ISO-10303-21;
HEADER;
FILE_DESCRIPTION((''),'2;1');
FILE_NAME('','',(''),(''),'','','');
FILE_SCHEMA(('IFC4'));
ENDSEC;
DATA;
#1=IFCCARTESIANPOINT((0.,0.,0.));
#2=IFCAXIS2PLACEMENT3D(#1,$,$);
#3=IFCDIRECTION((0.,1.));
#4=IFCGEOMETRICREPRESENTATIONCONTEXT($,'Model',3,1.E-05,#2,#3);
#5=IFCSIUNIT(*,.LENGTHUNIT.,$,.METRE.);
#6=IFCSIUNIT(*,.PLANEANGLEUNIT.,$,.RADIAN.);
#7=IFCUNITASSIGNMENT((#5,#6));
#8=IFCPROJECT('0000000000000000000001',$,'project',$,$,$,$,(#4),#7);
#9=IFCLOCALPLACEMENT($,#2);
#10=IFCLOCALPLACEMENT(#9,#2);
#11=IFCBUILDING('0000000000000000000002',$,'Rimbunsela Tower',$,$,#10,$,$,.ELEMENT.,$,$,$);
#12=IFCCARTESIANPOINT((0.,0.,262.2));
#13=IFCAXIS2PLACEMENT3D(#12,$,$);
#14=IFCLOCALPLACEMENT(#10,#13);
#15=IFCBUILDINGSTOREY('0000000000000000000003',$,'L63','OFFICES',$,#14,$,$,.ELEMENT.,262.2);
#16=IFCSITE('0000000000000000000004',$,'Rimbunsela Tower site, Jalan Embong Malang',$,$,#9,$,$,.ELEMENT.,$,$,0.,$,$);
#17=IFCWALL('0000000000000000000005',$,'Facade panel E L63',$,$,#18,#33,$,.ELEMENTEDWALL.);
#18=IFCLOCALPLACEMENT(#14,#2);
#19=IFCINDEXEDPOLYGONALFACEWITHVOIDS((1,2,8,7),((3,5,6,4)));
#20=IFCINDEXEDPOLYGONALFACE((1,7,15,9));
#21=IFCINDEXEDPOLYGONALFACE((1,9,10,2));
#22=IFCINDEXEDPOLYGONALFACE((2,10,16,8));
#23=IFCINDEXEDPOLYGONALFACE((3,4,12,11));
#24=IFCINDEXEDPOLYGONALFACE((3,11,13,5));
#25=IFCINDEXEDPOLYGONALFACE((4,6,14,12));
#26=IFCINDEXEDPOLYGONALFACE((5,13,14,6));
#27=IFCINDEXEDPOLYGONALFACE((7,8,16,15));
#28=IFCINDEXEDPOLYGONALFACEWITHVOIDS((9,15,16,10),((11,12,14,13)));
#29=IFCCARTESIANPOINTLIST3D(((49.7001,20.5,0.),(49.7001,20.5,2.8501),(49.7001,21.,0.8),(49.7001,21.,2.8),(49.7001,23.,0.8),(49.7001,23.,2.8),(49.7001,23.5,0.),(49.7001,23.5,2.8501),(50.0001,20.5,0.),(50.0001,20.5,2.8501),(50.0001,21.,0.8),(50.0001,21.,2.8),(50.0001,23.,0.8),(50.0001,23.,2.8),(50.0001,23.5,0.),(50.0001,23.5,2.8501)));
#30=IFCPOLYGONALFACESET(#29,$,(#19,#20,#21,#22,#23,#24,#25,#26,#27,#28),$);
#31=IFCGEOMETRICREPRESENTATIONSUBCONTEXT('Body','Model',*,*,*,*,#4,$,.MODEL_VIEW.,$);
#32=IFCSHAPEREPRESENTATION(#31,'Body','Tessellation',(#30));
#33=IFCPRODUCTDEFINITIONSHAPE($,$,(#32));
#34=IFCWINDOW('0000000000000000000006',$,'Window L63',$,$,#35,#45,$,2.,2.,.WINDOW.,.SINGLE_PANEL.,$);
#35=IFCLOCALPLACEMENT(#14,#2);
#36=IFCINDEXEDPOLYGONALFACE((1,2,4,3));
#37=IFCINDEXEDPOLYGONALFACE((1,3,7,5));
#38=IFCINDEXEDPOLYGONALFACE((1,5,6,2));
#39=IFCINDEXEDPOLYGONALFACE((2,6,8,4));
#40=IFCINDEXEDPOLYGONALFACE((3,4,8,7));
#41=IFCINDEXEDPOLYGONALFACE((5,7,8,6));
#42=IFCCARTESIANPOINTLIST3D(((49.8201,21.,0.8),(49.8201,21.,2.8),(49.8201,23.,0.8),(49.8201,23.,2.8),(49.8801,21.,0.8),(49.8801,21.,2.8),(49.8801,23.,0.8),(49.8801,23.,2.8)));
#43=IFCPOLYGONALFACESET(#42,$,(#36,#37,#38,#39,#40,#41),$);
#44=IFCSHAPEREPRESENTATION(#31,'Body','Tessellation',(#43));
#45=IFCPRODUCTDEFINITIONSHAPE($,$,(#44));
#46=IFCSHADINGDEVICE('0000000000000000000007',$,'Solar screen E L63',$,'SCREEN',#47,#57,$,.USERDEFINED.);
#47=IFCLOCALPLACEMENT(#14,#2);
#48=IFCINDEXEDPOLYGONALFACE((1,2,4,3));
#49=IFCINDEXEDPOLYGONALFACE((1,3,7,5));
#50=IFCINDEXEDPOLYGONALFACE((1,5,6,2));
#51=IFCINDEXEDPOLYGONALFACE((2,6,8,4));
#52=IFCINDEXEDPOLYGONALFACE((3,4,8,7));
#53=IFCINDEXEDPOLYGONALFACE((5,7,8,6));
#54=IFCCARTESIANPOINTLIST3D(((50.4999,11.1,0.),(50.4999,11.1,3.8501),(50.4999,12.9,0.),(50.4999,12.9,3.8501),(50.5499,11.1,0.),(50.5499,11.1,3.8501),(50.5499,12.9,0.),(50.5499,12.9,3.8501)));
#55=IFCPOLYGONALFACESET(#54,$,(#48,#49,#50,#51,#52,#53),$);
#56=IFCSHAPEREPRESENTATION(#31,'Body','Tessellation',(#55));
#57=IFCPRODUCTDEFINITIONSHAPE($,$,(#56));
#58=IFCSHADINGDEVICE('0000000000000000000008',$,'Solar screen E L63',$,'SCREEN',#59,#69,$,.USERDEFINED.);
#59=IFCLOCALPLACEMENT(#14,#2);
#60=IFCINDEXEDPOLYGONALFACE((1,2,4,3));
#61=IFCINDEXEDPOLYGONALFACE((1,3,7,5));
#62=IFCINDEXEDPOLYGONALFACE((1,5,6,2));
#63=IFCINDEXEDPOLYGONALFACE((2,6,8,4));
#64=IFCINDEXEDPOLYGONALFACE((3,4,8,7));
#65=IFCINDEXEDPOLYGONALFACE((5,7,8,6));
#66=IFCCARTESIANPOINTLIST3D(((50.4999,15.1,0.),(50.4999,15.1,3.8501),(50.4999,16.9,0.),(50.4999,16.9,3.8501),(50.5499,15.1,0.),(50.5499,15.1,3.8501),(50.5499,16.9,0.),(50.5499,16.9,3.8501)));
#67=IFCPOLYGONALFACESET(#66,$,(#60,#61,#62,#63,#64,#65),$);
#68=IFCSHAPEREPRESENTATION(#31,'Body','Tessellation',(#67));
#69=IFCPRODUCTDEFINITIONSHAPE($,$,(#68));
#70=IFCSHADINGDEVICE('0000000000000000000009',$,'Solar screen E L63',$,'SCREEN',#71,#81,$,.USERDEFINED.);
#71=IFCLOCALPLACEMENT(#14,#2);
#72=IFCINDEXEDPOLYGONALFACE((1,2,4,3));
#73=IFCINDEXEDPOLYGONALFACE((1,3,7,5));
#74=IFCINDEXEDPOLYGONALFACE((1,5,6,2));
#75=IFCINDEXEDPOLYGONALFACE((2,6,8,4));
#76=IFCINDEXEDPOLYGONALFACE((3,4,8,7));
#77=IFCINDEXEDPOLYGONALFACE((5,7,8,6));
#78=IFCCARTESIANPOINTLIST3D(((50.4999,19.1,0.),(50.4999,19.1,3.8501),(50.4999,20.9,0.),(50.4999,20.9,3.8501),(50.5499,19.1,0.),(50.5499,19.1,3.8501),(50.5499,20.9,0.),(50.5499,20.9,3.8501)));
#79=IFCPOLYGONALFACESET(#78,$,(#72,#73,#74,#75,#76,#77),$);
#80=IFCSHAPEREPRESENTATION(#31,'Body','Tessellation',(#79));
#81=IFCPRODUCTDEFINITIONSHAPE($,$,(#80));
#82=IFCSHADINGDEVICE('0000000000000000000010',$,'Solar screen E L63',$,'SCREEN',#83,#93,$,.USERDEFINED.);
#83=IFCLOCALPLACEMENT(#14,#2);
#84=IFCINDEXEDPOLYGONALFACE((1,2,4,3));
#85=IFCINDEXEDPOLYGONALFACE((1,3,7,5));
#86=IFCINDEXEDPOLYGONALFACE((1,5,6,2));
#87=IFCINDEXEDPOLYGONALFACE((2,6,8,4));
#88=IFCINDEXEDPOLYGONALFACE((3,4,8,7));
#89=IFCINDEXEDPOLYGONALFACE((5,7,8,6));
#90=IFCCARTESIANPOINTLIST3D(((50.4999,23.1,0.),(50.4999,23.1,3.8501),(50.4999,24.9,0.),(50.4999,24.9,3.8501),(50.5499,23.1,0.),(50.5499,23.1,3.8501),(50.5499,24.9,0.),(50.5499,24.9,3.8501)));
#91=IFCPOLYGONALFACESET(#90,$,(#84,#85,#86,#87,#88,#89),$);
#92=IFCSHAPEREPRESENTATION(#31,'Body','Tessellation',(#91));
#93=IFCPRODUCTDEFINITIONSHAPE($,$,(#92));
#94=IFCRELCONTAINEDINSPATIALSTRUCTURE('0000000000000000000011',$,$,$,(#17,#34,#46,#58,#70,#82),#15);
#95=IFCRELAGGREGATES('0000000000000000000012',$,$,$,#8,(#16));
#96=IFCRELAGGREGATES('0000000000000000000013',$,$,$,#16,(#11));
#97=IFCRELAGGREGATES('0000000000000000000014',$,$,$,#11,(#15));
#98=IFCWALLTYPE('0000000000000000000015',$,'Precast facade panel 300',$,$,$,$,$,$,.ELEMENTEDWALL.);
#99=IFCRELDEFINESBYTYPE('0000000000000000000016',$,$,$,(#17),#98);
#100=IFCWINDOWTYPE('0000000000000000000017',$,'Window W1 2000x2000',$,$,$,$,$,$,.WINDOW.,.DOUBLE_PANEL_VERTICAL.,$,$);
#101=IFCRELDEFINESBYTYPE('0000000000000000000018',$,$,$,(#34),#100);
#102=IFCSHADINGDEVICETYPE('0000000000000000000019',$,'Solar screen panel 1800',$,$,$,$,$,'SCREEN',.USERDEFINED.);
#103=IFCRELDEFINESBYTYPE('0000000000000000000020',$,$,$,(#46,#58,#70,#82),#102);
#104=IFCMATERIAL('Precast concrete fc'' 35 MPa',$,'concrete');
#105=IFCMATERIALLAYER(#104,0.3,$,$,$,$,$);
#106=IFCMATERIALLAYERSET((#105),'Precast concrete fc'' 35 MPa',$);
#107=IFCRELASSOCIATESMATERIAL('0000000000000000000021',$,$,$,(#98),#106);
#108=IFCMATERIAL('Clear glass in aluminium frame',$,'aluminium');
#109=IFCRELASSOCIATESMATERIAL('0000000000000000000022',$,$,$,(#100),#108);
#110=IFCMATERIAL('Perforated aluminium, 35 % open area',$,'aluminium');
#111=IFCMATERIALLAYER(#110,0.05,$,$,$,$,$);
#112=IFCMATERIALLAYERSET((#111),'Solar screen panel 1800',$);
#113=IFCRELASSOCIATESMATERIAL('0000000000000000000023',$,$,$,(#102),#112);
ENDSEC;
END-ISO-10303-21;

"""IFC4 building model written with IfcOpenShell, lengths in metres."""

from ifc_helpers import new_model, si_unit, direction, frame, frame_2d, origin, origin_2d, place, context, subcontext, project, spatial, rectangle, extrude, material, layer, layer_set, type_object, element, fill, save


model = new_model("IFC4")

# Units and contexts
model_context = context("Model", 3, precision=1e-05, world=origin(), true_north=direction((0.0, 1.0)))
body_context = subcontext(model_context, "Body", "Model", "MODEL_VIEW")
ifc_project = project(units=[si_unit("LENGTHUNIT", "METRE"), si_unit("PLANEANGLEUNIT", "RADIAN")], contexts=[model_context])

# Site, building, storey
site_placement = place(None, origin())
site = spatial("IfcSite", under=ifc_project, at=site_placement, Name="Rimbunsela Tower site, Jalan Embong Malang", CompositionType="ELEMENT", RefElevation=0.0)
building_placement = place(site_placement, origin())
building = spatial("IfcBuilding", under=site, at=building_placement, Name="Rimbunsela Tower", CompositionType="ELEMENT")
storey_placement = place(building_placement, frame((0.0, 0.0, 262.2)))
storey = spatial("IfcBuildingStorey", under=building, at=storey_placement, Name="L63", Description="OFFICES", CompositionType="ELEMENT", Elevation=262.2)

# Wall, opening, window
ifc_material_1 = material(Name="Precast concrete fc' 35 MPa", Category="concrete")
ifc_layer_1 = layer(ifc_material_1, 0.3)
ifc_layer_set_1 = layer_set([ifc_layer_1], Name="Precast concrete fc' 35 MPa")
wall_type_1 = type_object("IfcWallType", Name="Precast facade panel 300", PredefinedType="ELEMENTEDWALL", material=ifc_layer_set_1)
ifc_material_2 = material(Name="Clear glass in aluminium frame", Category="aluminium")
window_type = type_object("IfcWindowType", Name="Window W1 2000x2000", PartitioningType="DOUBLE_PANEL_VERTICAL", PredefinedType="WINDOW", material=ifc_material_2)
wall_1_placement = place(storey_placement, frame((49.8501, 20.5, 0.0), z_axis=(0.0, 0.0, 1.0), x_axis=(0.0, 1.0, 0.0)))
wall_1 = element("IfcWall", 1, at=wall_1_placement, inside=storey, type_object=wall_type_1, Name="Facade panel E L63", PredefinedType="ELEMENTEDWALL", context=body_context, shape_type="SweptSolid", body=[
    extrude(rectangle(XDim=3.0, YDim=0.3, at=frame_2d((1.5, 0.0))), origin(), (0.0, 0.0, 1.0), 2.8501),
])
opening_1_placement = place(wall_1_placement, frame((0.5, 0.0, 0.8)))
opening_1 = element("IfcOpeningElement", 2, at=opening_1_placement, cuts=wall_1, PredefinedType="OPENING", context=body_context, shape_type="SweptSolid", body=[
    extrude(rectangle(XDim=2.0, YDim=2.0, at=frame_2d((1.0, 1.0))), frame((0.0, 0.1599, 0.0), z_axis=(0.0, -1.0, 0.0), x_axis=(1.0, 0.0, 0.0)), (0.0, 0.0, 1.0), 0.3201),
])
window_1_placement = place(opening_1_placement, origin())
window_1 = element("IfcWindow", 3, at=window_1_placement, inside=storey, type_object=window_type, Name="Window L63", OverallHeight=2.0, OverallWidth=2.0, PartitioningType="SINGLE_PANEL", PredefinedType="WINDOW", context=body_context, shape_type="SweptSolid", body=[
    extrude(rectangle(XDim=2.0, YDim=2.0, at=frame_2d((1.0, 1.0))), frame((0.0, 0.03, 0.0), z_axis=(0.0, -1.0, 0.0), x_axis=(1.0, 0.0, 0.0)), (0.0, 0.0, 1.0), 0.0601),
])
fill(opening_1, window_1)

# Shading devices
ifc_material_3 = material(Name="Perforated aluminium, 35 % open area", Category="aluminium")
ifc_layer_2 = layer(ifc_material_3, 0.05)
ifc_layer_set_2 = layer_set([ifc_layer_2], Name="Solar screen panel 1800")
shading_device_type = type_object("IfcShadingDeviceType", Name="Solar screen panel 1800", ElementType="SCREEN", PredefinedType="USERDEFINED", material=ifc_layer_set_2)
for number, where, z_axis, x_axis, name in (
    (4, (50.5249, 12.0, 0.0), (0.0, 0.0, 1.0), (0.0, 1.0, 0.0), "Solar screen E L63"),
    (5, (50.5249, 16.0, 0.0), (0.0, 0.0, 1.0), (0.0, 1.0, 0.0), "Solar screen E L63"),
    (6, (50.5249, 20.0, 0.0), (0.0, 0.0, 1.0), (0.0, 1.0, 0.0), "Solar screen E L63"),
    (7, (50.5249, 24.0, 0.0), (0.0, 0.0, 1.0), (0.0, 1.0, 0.0), "Solar screen E L63"),
):
    element("IfcShadingDevice", number, at=place(storey_placement, frame(where, z_axis=z_axis, x_axis=x_axis)), inside=storey, type_object=shading_device_type, Name=name, ObjectType="SCREEN", PredefinedType="USERDEFINED", context=body_context, shape_type="SweptSolid", body=[
        extrude(rectangle(XDim=1.8, YDim=0.05, at=origin_2d()), origin(), (0.0, 0.0, 1.0), 3.8501),
    ])

save(model, "model.ifc")
